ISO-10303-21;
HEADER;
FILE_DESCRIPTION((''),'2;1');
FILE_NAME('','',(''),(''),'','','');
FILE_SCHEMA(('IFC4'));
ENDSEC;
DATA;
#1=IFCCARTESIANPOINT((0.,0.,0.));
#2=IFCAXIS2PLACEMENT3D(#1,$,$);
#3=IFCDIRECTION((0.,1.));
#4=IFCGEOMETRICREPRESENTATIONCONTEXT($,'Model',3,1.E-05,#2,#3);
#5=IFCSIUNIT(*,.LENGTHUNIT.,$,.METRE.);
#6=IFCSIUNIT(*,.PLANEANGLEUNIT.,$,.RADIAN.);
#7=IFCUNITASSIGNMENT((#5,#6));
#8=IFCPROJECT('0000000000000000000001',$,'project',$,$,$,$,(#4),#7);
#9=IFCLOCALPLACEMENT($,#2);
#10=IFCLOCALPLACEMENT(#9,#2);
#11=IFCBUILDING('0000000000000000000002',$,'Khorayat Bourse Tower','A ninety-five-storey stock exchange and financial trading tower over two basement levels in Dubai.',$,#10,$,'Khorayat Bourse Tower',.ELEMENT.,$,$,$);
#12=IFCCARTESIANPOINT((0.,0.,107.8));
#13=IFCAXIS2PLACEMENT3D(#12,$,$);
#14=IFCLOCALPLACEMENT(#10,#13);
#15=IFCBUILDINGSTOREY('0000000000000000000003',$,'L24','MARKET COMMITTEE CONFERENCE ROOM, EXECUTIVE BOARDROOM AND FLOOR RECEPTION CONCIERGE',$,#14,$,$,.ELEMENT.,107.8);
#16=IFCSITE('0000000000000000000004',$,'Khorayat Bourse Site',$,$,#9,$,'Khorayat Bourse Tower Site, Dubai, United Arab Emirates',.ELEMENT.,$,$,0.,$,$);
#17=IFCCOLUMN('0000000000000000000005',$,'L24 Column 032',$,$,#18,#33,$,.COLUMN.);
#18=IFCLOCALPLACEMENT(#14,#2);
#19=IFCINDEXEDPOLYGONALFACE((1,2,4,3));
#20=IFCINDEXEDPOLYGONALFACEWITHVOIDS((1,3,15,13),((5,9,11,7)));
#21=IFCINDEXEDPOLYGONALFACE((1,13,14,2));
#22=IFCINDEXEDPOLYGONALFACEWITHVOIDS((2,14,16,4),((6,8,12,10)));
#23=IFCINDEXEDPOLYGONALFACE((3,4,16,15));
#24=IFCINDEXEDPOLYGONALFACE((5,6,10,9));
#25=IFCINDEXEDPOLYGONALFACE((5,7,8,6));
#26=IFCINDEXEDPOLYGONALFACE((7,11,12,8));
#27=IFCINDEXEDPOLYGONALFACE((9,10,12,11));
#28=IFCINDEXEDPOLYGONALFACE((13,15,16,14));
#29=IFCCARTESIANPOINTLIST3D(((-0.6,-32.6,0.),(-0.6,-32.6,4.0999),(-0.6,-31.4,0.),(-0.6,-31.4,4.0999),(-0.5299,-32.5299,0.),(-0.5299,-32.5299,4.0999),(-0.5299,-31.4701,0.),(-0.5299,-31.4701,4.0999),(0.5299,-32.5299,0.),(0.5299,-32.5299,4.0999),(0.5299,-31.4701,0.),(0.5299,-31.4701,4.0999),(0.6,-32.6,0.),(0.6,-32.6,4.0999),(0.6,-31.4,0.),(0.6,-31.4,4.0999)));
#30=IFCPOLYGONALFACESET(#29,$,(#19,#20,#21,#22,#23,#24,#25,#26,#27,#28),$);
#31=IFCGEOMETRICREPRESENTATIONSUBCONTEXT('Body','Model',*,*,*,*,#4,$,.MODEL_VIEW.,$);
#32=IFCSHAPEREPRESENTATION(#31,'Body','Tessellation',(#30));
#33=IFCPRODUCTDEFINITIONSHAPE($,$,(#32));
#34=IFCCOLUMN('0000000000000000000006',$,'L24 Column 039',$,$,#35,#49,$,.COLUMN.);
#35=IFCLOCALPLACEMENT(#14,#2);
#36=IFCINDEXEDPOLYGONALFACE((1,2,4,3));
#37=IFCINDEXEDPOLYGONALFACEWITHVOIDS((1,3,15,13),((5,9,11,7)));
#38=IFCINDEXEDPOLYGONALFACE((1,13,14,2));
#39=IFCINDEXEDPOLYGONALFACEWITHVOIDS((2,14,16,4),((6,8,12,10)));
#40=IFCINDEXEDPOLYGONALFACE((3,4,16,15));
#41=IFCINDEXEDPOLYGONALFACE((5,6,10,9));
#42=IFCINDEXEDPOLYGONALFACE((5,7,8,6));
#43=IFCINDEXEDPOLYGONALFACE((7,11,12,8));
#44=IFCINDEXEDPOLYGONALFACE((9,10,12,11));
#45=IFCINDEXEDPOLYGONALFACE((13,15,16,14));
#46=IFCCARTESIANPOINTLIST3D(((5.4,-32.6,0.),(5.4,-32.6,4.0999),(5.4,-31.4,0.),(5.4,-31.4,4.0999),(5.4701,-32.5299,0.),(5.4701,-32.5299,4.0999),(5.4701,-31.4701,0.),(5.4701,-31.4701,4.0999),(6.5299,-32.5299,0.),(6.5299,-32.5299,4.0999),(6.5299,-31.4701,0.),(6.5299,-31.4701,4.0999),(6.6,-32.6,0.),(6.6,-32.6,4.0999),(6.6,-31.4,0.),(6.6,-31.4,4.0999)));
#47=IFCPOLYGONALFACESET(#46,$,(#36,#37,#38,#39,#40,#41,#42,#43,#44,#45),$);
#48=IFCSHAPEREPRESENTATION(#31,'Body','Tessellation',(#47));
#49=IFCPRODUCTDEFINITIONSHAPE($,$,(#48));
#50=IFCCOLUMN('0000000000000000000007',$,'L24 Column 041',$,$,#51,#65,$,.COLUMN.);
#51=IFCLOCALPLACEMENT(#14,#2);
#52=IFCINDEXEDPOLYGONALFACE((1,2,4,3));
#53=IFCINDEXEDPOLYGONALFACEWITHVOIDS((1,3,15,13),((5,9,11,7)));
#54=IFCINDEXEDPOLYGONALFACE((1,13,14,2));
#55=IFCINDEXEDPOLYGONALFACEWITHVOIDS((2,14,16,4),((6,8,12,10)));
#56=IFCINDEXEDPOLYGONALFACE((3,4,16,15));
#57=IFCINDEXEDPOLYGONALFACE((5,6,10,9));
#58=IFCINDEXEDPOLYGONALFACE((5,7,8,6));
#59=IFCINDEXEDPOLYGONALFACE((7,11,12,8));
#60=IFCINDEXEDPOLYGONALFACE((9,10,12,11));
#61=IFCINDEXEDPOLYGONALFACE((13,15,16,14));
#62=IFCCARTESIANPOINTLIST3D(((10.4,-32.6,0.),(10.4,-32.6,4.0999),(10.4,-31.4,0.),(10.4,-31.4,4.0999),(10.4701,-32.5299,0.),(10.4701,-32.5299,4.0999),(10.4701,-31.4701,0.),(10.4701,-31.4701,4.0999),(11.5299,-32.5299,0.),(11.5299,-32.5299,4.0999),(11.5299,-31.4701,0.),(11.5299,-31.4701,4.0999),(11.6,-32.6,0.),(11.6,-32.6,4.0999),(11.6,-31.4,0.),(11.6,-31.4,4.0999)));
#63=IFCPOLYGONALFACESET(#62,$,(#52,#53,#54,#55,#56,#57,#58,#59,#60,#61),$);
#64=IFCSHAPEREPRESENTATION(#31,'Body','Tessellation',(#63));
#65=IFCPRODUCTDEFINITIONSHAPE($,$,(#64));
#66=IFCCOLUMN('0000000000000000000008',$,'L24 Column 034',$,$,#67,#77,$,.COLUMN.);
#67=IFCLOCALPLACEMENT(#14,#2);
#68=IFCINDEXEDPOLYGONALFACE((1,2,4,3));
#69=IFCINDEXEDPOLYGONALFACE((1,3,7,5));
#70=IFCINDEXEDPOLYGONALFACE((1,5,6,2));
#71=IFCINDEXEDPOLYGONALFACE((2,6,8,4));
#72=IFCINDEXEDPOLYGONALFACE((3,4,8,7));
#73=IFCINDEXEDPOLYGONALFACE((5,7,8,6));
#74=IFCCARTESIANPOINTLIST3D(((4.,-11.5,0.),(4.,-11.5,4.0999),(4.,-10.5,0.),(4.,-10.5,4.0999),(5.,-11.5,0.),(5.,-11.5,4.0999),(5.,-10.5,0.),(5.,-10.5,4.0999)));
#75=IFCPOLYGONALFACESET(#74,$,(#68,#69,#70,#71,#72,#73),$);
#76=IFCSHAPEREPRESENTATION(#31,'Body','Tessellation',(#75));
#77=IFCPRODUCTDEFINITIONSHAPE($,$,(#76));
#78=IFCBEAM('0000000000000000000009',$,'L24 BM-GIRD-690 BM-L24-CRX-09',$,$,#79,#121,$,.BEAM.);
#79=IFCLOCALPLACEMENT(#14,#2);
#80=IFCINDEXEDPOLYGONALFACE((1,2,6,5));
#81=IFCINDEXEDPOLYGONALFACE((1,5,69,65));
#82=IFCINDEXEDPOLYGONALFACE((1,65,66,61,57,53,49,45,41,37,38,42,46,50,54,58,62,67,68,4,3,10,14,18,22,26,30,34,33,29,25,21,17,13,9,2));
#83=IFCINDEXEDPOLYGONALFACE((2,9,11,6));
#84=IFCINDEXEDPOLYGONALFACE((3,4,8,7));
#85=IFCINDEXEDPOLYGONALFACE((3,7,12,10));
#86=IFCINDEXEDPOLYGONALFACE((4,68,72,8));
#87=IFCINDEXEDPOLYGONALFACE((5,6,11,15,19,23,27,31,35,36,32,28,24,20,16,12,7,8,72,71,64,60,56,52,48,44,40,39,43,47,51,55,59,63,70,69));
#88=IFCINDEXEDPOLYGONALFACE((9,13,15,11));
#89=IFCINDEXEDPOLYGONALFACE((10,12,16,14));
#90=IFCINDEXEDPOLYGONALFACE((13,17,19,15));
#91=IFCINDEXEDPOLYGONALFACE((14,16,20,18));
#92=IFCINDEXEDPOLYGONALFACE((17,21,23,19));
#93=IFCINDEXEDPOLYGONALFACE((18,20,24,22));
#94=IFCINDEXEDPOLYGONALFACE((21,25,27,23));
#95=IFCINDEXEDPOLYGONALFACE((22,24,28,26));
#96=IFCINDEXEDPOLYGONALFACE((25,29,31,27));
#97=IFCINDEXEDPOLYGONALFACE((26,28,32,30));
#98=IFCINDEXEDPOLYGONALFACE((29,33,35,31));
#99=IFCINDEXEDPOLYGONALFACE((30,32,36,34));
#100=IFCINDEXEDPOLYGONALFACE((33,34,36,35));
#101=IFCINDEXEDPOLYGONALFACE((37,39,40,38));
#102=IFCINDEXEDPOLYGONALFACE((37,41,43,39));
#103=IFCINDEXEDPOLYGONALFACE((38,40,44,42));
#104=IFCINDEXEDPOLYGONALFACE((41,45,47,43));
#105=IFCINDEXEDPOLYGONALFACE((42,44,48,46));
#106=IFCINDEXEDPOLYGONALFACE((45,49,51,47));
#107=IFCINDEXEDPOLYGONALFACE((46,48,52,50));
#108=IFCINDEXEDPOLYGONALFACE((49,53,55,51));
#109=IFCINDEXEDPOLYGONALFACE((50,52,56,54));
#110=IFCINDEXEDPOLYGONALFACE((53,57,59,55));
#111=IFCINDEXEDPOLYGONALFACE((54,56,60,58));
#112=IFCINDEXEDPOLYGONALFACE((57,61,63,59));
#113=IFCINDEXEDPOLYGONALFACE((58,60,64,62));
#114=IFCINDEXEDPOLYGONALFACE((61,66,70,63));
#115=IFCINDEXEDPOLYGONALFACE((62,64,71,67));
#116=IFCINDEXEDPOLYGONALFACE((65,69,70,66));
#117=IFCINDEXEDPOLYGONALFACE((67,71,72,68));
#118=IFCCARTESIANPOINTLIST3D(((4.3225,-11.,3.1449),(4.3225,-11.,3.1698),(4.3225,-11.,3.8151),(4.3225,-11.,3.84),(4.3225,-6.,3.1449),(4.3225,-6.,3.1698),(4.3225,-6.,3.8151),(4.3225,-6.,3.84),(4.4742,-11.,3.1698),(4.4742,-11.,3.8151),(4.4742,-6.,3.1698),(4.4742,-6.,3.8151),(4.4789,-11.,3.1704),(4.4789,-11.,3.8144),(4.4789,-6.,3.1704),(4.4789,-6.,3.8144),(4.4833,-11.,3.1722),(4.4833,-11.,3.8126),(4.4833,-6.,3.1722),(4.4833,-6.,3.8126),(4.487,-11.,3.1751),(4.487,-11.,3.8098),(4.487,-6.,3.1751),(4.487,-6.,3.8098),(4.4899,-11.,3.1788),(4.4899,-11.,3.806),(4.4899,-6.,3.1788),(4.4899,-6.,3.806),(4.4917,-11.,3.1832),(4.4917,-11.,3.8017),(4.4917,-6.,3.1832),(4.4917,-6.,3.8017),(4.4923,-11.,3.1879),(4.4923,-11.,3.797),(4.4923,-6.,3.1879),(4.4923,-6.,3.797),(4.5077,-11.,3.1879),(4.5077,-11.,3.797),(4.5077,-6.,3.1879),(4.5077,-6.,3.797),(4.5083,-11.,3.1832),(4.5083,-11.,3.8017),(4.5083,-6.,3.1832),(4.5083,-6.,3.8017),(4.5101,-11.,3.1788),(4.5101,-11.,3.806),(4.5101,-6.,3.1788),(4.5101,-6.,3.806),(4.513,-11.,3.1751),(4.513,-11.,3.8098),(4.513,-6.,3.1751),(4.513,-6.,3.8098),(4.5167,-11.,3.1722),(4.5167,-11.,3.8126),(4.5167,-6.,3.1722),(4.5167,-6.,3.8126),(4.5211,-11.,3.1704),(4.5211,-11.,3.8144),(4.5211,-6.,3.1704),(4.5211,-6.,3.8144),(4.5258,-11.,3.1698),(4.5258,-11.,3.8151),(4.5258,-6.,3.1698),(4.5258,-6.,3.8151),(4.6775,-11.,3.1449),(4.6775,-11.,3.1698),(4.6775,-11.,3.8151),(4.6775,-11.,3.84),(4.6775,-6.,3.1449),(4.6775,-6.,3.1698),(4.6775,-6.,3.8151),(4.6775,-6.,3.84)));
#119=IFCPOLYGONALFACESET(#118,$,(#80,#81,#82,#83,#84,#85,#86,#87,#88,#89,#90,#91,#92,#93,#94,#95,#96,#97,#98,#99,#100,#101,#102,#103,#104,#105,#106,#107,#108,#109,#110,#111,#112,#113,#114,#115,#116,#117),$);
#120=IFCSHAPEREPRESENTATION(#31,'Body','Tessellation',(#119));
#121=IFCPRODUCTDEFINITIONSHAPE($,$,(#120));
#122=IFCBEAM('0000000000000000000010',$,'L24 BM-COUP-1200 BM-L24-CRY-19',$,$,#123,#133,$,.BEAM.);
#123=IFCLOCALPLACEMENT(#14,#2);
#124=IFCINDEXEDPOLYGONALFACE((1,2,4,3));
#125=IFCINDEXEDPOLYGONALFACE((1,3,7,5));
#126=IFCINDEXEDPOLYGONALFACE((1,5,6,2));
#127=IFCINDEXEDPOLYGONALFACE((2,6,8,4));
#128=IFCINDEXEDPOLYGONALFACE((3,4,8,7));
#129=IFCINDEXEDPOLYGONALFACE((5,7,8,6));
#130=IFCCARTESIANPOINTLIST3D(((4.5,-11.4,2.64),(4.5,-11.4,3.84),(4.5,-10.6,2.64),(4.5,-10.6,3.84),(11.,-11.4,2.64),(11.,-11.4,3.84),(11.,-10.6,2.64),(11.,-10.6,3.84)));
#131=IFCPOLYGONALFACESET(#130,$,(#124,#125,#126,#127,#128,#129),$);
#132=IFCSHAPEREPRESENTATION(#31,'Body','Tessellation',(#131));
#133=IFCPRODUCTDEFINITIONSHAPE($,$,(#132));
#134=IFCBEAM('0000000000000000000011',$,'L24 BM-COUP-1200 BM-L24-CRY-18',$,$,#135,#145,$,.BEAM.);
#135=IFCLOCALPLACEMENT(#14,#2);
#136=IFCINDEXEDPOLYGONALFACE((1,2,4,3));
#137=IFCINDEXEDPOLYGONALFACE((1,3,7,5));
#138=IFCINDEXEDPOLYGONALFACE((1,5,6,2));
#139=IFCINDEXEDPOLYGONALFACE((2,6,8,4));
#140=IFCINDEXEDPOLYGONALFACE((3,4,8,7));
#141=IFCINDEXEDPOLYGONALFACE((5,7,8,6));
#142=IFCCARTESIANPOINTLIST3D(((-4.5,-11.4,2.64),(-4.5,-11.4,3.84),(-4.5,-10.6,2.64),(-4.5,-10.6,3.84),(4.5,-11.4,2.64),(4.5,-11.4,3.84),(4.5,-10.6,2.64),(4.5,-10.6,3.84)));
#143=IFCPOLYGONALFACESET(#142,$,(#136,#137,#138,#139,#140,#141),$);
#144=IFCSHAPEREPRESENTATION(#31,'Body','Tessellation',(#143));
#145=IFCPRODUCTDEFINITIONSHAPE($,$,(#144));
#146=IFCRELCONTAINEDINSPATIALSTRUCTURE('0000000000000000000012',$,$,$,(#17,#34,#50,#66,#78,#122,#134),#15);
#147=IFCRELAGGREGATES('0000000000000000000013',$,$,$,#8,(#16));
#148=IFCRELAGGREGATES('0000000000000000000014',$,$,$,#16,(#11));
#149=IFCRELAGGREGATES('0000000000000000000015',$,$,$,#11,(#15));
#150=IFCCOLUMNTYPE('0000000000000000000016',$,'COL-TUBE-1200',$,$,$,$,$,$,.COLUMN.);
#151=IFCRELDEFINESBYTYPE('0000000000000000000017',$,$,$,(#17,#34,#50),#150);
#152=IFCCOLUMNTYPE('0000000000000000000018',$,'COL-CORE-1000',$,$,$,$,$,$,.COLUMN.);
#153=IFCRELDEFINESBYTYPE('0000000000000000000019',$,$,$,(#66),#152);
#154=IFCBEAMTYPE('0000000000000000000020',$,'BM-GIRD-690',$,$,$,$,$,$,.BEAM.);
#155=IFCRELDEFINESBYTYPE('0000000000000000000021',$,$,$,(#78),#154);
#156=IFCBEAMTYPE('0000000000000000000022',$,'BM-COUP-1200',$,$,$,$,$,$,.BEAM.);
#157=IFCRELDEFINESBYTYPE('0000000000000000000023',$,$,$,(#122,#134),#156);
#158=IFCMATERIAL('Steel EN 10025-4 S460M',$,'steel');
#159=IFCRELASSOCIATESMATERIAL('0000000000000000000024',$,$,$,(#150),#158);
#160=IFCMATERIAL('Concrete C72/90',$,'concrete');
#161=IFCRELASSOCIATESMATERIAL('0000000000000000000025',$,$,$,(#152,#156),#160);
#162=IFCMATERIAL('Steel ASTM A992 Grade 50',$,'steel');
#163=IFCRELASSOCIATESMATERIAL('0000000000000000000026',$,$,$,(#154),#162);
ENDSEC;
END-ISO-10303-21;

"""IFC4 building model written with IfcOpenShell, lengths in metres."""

from ifc_helpers import new_model, si_unit, direction, frame, origin, origin_2d, place, context, subcontext, project, spatial, rectangle, hollow_rectangle, i_section, extrude, source, transform, mapped, material, material_profile, profile_set, type_object, element, save


model = new_model("IFC4")

# Units and contexts
model_context = context("Model", 3, precision=1e-05, world=origin(), true_north=direction((0.0, 1.0)))
body_context = subcontext(model_context, "Body", "Model", "MODEL_VIEW")
ifc_project = project(units=[si_unit("LENGTHUNIT", "METRE"), si_unit("PLANEANGLEUNIT", "RADIAN")], contexts=[model_context])

# Site, building, storey
site_placement = place(None, origin())
site = spatial("IfcSite", under=ifc_project, at=site_placement, Name="Khorayat Bourse Site", LongName="Khorayat Bourse Tower Site, Dubai, United Arab Emirates", CompositionType="ELEMENT", RefElevation=0.0)
building_placement = place(site_placement, origin())
building = spatial("IfcBuilding", under=site, at=building_placement, Name="Khorayat Bourse Tower", Description="A ninety-five-storey stock exchange and financial trading tower over two basement levels in Dubai.", LongName="Khorayat Bourse Tower", CompositionType="ELEMENT")
storey_placement = place(building_placement, frame((0.0, 0.0, 107.8)))
storey = spatial("IfcBuildingStorey", under=building, at=storey_placement, Name="L24", Description="MARKET COMMITTEE CONFERENCE ROOM, EXECUTIVE BOARDROOM AND FLOOR RECEPTION CONCIERGE", CompositionType="ELEMENT", Elevation=107.8)

# Columns
ifc_material_1 = material(Name="Steel EN 10025-4 S460M", Category="steel")
ifc_material_profile_1 = material_profile(ifc_material_1, hollow_rectangle(XDim=1.2, YDim=1.2, WallThickness=0.0701, at=origin_2d()), Name="BOX 1200x1200x70")
ifc_profile_set_1 = profile_set([ifc_material_profile_1], Name="Steel EN 10025-4 S460M")
column_type_1 = type_object("IfcColumnType", Name="COL-TUBE-1200", PredefinedType="COLUMN", material=ifc_profile_set_1)
shared_shape_1 = source(origin(), body_context, "Body", "SweptSolid", [
    extrude(hollow_rectangle(XDim=1.2, YDim=1.2, WallThickness=0.0701, at=origin_2d()), origin(), (0.0, 0.0, 1.0), 4.0999),
])
for number, where, z_axis, x_axis, name in (
    (1, (0.0, -32.0, 0.0), (0.0, 0.0, 1.0), (1.0, 0.0, 0.0), "L24 Column 032"),
    (2, (6.0, -32.0, 0.0), (0.0, 0.0, 1.0), (1.0, 0.0, 0.0), "L24 Column 039"),
    (3, (11.0, -32.0, 0.0), (0.0, 0.0, 1.0), (1.0, 0.0, 0.0), "L24 Column 041"),
):
    element("IfcColumn", number, at=place(storey_placement, frame(where, z_axis=z_axis, x_axis=x_axis)), inside=storey, type_object=column_type_1, Name=name, PredefinedType="COLUMN", context=body_context, shape_type="MappedRepresentation", body=[
        mapped(shared_shape_1, transform((0.0, 0.0, 0.0), scale=1.0)),
    ])
ifc_material_2 = material(Name="Concrete C72/90", Category="concrete")
ifc_material_profile_2 = material_profile(ifc_material_2, rectangle(XDim=1.0, YDim=1.0, at=origin_2d()), Name="RC 1000x1000")
ifc_profile_set_2 = profile_set([ifc_material_profile_2], Name="Concrete C72/90")
column_type_2 = type_object("IfcColumnType", Name="COL-CORE-1000", PredefinedType="COLUMN", material=ifc_profile_set_2)
shared_shape_2 = source(origin(), body_context, "Body", "SweptSolid", [
    extrude(rectangle(XDim=1.0, YDim=1.0, at=origin_2d()), origin(), (0.0, 0.0, 1.0), 4.0999),
])
column_placement = place(storey_placement, frame((4.5, -11.0, 0.0), z_axis=(0.0, 0.0, 1.0), x_axis=(1.0, 0.0, 0.0)))
element("IfcColumn", 4, at=column_placement, inside=storey, type_object=column_type_2, Name="L24 Column 034", PredefinedType="COLUMN", context=body_context, shape_type="MappedRepresentation", body=[
    mapped(shared_shape_2, transform((0.0, 0.0, 0.0), scale=1.0)),
])

# Beams
ifc_material_3 = material(Name="Steel ASTM A992 Grade 50", Category="steel")
ifc_material_profile_3 = material_profile(ifc_material_3, i_section(OverallWidth=0.355, OverallDepth=0.6951, WebThickness=0.0154, FlangeThickness=0.0249, FilletRadius=0.0181, at=origin_2d()), Name="W690X217")
ifc_profile_set_3 = profile_set([ifc_material_profile_3], Name="Steel ASTM A992 Grade 50")
beam_type_1 = type_object("IfcBeamType", Name="BM-GIRD-690", PredefinedType="BEAM", material=ifc_profile_set_3)
shared_shape_3 = source(origin(), body_context, "Body", "SweptSolid", [
    extrude(i_section(OverallWidth=0.355, OverallDepth=0.6951, WebThickness=0.0154, FlangeThickness=0.0249, FilletRadius=0.0181, at=origin_2d()), origin(), (0.0, 0.0, 1.0), 5.0),
])
beam_1_placement = place(storey_placement, frame((4.5, -11.0, 3.4924), z_axis=(0.0, 1.0, 0.0), x_axis=(-1.0, 0.0, 0.0)))
element("IfcBeam", 5, at=beam_1_placement, inside=storey, type_object=beam_type_1, Name="L24 BM-GIRD-690 BM-L24-CRX-09", PredefinedType="BEAM", context=body_context, shape_type="MappedRepresentation", body=[
    mapped(shared_shape_3, transform((0.0, 0.0, 0.0), scale=1.0)),
])
ifc_material_profile_4 = material_profile(ifc_material_2, rectangle(XDim=0.8, YDim=1.2, at=origin_2d()), Name="RC 800x1200")
ifc_profile_set_4 = profile_set([ifc_material_profile_4], Name="Concrete C72/90")
beam_type_2 = type_object("IfcBeamType", Name="BM-COUP-1200", PredefinedType="BEAM", material=ifc_profile_set_4)
shared_shape_4 = source(origin(), body_context, "Body", "SweptSolid", [
    extrude(rectangle(XDim=0.8, YDim=1.2, at=origin_2d()), origin(), (0.0, 0.0, 1.0), 6.5),
])
beam_2_placement = place(storey_placement, frame((4.5, -11.0, 3.24), z_axis=(1.0, 0.0, 0.0), x_axis=(0.0, 1.0, 0.0)))
element("IfcBeam", 6, at=beam_2_placement, inside=storey, type_object=beam_type_2, Name="L24 BM-COUP-1200 BM-L24-CRY-19", PredefinedType="BEAM", context=body_context, shape_type="MappedRepresentation", body=[
    mapped(shared_shape_4, transform((0.0, 0.0, 0.0), scale=1.0)),
])
shared_shape_5 = source(origin(), body_context, "Body", "SweptSolid", [
    extrude(rectangle(XDim=0.8, YDim=1.2, at=origin_2d()), origin(), (0.0, 0.0, 1.0), 9.0),
])
beam_3_placement = place(storey_placement, frame((-4.5, -11.0, 3.24), z_axis=(1.0, 0.0, 0.0), x_axis=(0.0, 1.0, 0.0)))
element("IfcBeam", 7, at=beam_3_placement, inside=storey, type_object=beam_type_2, Name="L24 BM-COUP-1200 BM-L24-CRY-18", PredefinedType="BEAM", context=body_context, shape_type="MappedRepresentation", body=[
    mapped(shared_shape_5, transform((0.0, 0.0, 0.0), scale=1.0)),
])

save(model, "model.ifc")
